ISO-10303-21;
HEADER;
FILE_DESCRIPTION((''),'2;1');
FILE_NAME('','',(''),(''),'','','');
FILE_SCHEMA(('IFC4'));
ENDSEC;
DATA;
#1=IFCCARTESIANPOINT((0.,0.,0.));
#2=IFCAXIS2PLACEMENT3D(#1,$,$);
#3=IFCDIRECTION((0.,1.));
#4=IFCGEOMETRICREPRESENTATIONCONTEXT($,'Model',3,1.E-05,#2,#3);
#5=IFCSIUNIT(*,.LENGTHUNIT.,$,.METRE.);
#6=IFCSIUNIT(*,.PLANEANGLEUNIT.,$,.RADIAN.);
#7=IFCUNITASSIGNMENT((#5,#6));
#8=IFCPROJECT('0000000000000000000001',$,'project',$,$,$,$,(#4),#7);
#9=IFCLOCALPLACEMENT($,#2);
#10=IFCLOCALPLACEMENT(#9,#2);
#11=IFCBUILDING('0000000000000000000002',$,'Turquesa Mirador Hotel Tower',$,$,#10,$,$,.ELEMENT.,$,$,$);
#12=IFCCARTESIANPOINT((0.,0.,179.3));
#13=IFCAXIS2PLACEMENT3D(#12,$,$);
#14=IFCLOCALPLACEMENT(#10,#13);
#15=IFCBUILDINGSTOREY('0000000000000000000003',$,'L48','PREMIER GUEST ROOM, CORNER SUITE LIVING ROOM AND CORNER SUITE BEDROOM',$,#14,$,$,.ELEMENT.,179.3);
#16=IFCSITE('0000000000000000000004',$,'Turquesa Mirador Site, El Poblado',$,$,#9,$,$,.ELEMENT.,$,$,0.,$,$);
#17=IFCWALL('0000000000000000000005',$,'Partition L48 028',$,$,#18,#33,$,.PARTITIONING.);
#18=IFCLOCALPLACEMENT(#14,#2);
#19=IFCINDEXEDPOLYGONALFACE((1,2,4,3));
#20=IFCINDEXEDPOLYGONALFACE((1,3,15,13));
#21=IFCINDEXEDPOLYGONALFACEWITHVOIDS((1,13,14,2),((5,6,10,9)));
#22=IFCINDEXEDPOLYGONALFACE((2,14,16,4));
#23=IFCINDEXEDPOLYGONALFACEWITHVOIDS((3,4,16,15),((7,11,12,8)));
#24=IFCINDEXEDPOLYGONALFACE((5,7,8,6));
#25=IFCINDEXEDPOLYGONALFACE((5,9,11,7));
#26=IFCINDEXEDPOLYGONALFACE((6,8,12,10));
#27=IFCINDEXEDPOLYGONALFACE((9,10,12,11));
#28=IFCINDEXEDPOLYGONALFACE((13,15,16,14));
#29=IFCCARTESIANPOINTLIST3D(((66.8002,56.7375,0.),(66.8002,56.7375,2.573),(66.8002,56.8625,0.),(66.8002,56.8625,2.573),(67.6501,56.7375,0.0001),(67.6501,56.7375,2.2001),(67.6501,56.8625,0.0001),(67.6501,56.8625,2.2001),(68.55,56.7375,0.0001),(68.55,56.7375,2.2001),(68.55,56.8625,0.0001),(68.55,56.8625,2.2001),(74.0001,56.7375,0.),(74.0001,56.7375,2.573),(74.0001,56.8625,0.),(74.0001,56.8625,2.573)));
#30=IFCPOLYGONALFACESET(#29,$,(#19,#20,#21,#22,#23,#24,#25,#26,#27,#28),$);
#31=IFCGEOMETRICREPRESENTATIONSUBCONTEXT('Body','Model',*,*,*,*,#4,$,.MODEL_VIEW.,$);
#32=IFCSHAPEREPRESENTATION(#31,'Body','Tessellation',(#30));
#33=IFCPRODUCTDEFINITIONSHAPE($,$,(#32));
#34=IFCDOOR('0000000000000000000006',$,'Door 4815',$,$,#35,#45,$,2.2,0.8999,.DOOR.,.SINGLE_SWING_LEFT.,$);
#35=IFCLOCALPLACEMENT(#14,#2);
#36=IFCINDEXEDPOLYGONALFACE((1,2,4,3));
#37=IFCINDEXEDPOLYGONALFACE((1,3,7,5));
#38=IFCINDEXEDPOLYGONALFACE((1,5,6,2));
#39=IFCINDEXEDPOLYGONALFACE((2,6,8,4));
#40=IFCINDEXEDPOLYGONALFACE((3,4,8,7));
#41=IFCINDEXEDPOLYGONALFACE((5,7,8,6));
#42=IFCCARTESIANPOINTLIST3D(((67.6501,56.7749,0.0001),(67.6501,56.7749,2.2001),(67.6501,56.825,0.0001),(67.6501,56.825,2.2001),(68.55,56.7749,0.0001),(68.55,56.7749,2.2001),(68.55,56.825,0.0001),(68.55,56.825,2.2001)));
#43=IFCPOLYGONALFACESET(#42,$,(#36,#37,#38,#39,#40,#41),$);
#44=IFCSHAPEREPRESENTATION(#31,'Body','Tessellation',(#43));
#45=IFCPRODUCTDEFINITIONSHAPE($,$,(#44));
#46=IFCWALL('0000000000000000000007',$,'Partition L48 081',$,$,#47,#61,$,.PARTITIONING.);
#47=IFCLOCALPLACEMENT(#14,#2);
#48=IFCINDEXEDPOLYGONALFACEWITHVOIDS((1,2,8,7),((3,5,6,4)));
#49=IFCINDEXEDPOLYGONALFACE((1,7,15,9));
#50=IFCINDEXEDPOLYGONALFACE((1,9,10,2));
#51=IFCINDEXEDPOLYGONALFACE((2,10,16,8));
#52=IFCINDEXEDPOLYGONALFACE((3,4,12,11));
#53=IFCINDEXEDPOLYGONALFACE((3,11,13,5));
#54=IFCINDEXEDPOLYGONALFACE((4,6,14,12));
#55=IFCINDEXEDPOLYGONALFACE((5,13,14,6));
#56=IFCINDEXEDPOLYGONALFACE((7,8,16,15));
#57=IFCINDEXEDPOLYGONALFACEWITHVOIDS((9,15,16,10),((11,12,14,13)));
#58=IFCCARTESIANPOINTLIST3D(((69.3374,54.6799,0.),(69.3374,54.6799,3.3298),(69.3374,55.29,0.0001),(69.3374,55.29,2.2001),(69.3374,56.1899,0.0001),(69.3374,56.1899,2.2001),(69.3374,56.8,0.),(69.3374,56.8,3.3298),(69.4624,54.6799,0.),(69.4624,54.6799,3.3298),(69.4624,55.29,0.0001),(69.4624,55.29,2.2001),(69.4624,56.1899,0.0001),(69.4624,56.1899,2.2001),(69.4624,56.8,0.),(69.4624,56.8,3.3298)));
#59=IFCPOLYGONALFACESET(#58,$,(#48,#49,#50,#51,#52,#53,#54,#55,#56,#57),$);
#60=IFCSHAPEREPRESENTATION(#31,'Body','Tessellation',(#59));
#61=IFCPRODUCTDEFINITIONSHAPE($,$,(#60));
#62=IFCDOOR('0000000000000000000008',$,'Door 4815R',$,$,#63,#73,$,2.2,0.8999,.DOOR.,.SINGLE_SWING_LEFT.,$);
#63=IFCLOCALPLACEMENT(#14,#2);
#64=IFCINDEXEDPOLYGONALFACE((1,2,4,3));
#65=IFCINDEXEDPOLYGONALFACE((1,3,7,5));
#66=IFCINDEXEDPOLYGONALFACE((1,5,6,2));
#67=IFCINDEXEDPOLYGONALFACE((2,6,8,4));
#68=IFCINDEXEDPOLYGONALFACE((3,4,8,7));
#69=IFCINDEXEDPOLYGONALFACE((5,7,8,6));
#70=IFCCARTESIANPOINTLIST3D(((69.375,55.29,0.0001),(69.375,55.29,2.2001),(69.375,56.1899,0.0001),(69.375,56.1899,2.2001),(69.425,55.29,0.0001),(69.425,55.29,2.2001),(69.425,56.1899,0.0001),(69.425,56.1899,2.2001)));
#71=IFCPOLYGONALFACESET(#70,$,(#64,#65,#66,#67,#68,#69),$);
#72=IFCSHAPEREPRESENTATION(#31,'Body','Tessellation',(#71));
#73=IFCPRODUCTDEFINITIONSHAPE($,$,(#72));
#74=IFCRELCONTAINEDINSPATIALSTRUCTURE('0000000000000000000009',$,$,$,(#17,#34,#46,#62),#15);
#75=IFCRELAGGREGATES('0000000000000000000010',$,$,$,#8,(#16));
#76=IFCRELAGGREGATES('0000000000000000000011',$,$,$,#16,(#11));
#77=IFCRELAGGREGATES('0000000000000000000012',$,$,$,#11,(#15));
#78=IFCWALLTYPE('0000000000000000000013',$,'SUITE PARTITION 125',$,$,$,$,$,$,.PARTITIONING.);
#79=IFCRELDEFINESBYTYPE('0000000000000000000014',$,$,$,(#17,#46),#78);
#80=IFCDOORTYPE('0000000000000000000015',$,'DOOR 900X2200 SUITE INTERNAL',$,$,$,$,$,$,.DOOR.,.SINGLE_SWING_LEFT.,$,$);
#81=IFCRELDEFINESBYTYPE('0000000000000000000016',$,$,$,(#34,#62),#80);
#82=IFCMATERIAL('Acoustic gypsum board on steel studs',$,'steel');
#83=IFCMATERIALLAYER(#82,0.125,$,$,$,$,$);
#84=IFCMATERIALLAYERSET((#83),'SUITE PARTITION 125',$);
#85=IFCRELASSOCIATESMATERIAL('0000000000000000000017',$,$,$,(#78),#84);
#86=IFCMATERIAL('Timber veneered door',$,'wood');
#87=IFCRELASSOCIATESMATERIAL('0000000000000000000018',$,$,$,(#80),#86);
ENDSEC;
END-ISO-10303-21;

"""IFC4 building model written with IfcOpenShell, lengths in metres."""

from ifc_helpers import new_model, si_unit, direction, frame, frame_2d, origin, place, context, subcontext, project, spatial, rectangle, extrude, material, layer, layer_set, type_object, element, fill, save


model = new_model("IFC4")

# Units and contexts
model_context = context("Model", 3, precision=1e-05, world=origin(), true_north=direction((0.0, 1.0)))
body_context = subcontext(model_context, "Body", "Model", "MODEL_VIEW")
ifc_project = project(units=[si_unit("LENGTHUNIT", "METRE"), si_unit("PLANEANGLEUNIT", "RADIAN")], contexts=[model_context])

# Site, building, storey
site_placement = place(None, origin())
site = spatial("IfcSite", under=ifc_project, at=site_placement, Name="Turquesa Mirador Site, El Poblado", CompositionType="ELEMENT", RefElevation=0.0)
building_placement = place(site_placement, origin())
building = spatial("IfcBuilding", under=site, at=building_placement, Name="Turquesa Mirador Hotel Tower", CompositionType="ELEMENT")
storey_placement = place(building_placement, frame((0.0, 0.0, 179.3)))
storey = spatial("IfcBuildingStorey", under=building, at=storey_placement, Name="L48", Description="PREMIER GUEST ROOM, CORNER SUITE LIVING ROOM AND CORNER SUITE BEDROOM", CompositionType="ELEMENT", Elevation=179.3)

# Walls, openings, doors
ifc_material_1 = material(Name="Acoustic gypsum board on steel studs", Category="steel")
ifc_layer_1 = layer(ifc_material_1, 0.125)
ifc_layer_set_1 = layer_set([ifc_layer_1], Name="SUITE PARTITION 125")
wall_type_1 = type_object("IfcWallType", Name="SUITE PARTITION 125", PredefinedType="PARTITIONING", material=ifc_layer_set_1)
wall_1_placement = place(storey_placement, frame((66.8, 56.8, 0.0), z_axis=(0.0, 0.0, 1.0), x_axis=(1.0, 0.0, 0.0)))
wall_1 = element("IfcWall", 1, at=wall_1_placement, inside=storey, type_object=wall_type_1, Name="Partition L48 028", PredefinedType="PARTITIONING", context=body_context, shape_type="SweptSolid", body=[
    extrude(rectangle(XDim=7.2, YDim=0.125, at=frame_2d((3.6001, 0.0))), origin(), (0.0, 0.0, 1.0), 2.573),
])
opening_1_placement = place(wall_1_placement, frame((0.8501, 0.0, 0.0)))
opening_1 = element("IfcOpeningElement", 2, at=opening_1_placement, cuts=wall_1, PredefinedType="OPENING", context=body_context, shape_type="SweptSolid", body=[
    extrude(rectangle(XDim=0.8999, YDim=2.2, at=frame_2d((0.45, 1.1001))), frame((0.0, 0.0725, 0.0), z_axis=(0.0, -1.0, 0.0), x_axis=(1.0, 0.0, 0.0)), (0.0, 0.0, 1.0), 0.145),
])
ifc_material_2 = material(Name="Timber veneered door", Category="wood")
door_type = type_object("IfcDoorType", Name="DOOR 900X2200 SUITE INTERNAL", OperationType="SINGLE_SWING_LEFT", PredefinedType="DOOR", material=ifc_material_2)
door_1_placement = place(opening_1_placement, origin())
door_1 = element("IfcDoor", 3, at=door_1_placement, inside=storey, type_object=door_type, Name="Door 4815", OperationType="SINGLE_SWING_LEFT", OverallHeight=2.2, OverallWidth=0.8999, PredefinedType="DOOR", context=body_context, shape_type="SweptSolid", body=[
    extrude(rectangle(XDim=0.8999, YDim=2.2, at=frame_2d((0.45, 1.1001))), frame((0.0, 0.0249, 0.0), z_axis=(0.0, -1.0, 0.0), x_axis=(1.0, 0.0, 0.0)), (0.0, 0.0, 1.0), 0.05),
])
fill(opening_1, door_1)
wall_2_placement = place(storey_placement, frame((69.3999, 54.6799, 0.0), z_axis=(0.0, 0.0, 1.0), x_axis=(0.0, 1.0, 0.0)))
wall_2 = element("IfcWall", 4, at=wall_2_placement, inside=storey, type_object=wall_type_1, Name="Partition L48 081", PredefinedType="PARTITIONING", context=body_context, shape_type="SweptSolid", body=[
    extrude(rectangle(XDim=2.1201, YDim=0.125, at=frame_2d((1.0601, 0.0))), origin(), (0.0, 0.0, 1.0), 3.3298),
])
opening_2_placement = place(wall_2_placement, frame((0.6101, 0.0, 0.0)))
opening_2 = element("IfcOpeningElement", 5, at=opening_2_placement, cuts=wall_2, PredefinedType="OPENING", context=body_context, shape_type="SweptSolid", body=[
    extrude(rectangle(XDim=0.8999, YDim=2.2, at=frame_2d((0.45, 1.1001))), frame((0.0, 0.0725, 0.0), z_axis=(0.0, -1.0, 0.0), x_axis=(1.0, 0.0, 0.0)), (0.0, 0.0, 1.0), 0.145),
])
door_2_placement = place(opening_2_placement, origin())
door_2 = element("IfcDoor", 6, at=door_2_placement, inside=storey, type_object=door_type, Name="Door 4815R", OperationType="SINGLE_SWING_LEFT", OverallHeight=2.2, OverallWidth=0.8999, PredefinedType="DOOR", context=body_context, shape_type="SweptSolid", body=[
    extrude(rectangle(XDim=0.8999, YDim=2.2, at=frame_2d((0.45, 1.1001))), frame((0.0, 0.0249, 0.0), z_axis=(0.0, -1.0, 0.0), x_axis=(1.0, 0.0, 0.0)), (0.0, 0.0, 1.0), 0.05),
])
fill(opening_2, door_2)

save(model, "model.ifc")
